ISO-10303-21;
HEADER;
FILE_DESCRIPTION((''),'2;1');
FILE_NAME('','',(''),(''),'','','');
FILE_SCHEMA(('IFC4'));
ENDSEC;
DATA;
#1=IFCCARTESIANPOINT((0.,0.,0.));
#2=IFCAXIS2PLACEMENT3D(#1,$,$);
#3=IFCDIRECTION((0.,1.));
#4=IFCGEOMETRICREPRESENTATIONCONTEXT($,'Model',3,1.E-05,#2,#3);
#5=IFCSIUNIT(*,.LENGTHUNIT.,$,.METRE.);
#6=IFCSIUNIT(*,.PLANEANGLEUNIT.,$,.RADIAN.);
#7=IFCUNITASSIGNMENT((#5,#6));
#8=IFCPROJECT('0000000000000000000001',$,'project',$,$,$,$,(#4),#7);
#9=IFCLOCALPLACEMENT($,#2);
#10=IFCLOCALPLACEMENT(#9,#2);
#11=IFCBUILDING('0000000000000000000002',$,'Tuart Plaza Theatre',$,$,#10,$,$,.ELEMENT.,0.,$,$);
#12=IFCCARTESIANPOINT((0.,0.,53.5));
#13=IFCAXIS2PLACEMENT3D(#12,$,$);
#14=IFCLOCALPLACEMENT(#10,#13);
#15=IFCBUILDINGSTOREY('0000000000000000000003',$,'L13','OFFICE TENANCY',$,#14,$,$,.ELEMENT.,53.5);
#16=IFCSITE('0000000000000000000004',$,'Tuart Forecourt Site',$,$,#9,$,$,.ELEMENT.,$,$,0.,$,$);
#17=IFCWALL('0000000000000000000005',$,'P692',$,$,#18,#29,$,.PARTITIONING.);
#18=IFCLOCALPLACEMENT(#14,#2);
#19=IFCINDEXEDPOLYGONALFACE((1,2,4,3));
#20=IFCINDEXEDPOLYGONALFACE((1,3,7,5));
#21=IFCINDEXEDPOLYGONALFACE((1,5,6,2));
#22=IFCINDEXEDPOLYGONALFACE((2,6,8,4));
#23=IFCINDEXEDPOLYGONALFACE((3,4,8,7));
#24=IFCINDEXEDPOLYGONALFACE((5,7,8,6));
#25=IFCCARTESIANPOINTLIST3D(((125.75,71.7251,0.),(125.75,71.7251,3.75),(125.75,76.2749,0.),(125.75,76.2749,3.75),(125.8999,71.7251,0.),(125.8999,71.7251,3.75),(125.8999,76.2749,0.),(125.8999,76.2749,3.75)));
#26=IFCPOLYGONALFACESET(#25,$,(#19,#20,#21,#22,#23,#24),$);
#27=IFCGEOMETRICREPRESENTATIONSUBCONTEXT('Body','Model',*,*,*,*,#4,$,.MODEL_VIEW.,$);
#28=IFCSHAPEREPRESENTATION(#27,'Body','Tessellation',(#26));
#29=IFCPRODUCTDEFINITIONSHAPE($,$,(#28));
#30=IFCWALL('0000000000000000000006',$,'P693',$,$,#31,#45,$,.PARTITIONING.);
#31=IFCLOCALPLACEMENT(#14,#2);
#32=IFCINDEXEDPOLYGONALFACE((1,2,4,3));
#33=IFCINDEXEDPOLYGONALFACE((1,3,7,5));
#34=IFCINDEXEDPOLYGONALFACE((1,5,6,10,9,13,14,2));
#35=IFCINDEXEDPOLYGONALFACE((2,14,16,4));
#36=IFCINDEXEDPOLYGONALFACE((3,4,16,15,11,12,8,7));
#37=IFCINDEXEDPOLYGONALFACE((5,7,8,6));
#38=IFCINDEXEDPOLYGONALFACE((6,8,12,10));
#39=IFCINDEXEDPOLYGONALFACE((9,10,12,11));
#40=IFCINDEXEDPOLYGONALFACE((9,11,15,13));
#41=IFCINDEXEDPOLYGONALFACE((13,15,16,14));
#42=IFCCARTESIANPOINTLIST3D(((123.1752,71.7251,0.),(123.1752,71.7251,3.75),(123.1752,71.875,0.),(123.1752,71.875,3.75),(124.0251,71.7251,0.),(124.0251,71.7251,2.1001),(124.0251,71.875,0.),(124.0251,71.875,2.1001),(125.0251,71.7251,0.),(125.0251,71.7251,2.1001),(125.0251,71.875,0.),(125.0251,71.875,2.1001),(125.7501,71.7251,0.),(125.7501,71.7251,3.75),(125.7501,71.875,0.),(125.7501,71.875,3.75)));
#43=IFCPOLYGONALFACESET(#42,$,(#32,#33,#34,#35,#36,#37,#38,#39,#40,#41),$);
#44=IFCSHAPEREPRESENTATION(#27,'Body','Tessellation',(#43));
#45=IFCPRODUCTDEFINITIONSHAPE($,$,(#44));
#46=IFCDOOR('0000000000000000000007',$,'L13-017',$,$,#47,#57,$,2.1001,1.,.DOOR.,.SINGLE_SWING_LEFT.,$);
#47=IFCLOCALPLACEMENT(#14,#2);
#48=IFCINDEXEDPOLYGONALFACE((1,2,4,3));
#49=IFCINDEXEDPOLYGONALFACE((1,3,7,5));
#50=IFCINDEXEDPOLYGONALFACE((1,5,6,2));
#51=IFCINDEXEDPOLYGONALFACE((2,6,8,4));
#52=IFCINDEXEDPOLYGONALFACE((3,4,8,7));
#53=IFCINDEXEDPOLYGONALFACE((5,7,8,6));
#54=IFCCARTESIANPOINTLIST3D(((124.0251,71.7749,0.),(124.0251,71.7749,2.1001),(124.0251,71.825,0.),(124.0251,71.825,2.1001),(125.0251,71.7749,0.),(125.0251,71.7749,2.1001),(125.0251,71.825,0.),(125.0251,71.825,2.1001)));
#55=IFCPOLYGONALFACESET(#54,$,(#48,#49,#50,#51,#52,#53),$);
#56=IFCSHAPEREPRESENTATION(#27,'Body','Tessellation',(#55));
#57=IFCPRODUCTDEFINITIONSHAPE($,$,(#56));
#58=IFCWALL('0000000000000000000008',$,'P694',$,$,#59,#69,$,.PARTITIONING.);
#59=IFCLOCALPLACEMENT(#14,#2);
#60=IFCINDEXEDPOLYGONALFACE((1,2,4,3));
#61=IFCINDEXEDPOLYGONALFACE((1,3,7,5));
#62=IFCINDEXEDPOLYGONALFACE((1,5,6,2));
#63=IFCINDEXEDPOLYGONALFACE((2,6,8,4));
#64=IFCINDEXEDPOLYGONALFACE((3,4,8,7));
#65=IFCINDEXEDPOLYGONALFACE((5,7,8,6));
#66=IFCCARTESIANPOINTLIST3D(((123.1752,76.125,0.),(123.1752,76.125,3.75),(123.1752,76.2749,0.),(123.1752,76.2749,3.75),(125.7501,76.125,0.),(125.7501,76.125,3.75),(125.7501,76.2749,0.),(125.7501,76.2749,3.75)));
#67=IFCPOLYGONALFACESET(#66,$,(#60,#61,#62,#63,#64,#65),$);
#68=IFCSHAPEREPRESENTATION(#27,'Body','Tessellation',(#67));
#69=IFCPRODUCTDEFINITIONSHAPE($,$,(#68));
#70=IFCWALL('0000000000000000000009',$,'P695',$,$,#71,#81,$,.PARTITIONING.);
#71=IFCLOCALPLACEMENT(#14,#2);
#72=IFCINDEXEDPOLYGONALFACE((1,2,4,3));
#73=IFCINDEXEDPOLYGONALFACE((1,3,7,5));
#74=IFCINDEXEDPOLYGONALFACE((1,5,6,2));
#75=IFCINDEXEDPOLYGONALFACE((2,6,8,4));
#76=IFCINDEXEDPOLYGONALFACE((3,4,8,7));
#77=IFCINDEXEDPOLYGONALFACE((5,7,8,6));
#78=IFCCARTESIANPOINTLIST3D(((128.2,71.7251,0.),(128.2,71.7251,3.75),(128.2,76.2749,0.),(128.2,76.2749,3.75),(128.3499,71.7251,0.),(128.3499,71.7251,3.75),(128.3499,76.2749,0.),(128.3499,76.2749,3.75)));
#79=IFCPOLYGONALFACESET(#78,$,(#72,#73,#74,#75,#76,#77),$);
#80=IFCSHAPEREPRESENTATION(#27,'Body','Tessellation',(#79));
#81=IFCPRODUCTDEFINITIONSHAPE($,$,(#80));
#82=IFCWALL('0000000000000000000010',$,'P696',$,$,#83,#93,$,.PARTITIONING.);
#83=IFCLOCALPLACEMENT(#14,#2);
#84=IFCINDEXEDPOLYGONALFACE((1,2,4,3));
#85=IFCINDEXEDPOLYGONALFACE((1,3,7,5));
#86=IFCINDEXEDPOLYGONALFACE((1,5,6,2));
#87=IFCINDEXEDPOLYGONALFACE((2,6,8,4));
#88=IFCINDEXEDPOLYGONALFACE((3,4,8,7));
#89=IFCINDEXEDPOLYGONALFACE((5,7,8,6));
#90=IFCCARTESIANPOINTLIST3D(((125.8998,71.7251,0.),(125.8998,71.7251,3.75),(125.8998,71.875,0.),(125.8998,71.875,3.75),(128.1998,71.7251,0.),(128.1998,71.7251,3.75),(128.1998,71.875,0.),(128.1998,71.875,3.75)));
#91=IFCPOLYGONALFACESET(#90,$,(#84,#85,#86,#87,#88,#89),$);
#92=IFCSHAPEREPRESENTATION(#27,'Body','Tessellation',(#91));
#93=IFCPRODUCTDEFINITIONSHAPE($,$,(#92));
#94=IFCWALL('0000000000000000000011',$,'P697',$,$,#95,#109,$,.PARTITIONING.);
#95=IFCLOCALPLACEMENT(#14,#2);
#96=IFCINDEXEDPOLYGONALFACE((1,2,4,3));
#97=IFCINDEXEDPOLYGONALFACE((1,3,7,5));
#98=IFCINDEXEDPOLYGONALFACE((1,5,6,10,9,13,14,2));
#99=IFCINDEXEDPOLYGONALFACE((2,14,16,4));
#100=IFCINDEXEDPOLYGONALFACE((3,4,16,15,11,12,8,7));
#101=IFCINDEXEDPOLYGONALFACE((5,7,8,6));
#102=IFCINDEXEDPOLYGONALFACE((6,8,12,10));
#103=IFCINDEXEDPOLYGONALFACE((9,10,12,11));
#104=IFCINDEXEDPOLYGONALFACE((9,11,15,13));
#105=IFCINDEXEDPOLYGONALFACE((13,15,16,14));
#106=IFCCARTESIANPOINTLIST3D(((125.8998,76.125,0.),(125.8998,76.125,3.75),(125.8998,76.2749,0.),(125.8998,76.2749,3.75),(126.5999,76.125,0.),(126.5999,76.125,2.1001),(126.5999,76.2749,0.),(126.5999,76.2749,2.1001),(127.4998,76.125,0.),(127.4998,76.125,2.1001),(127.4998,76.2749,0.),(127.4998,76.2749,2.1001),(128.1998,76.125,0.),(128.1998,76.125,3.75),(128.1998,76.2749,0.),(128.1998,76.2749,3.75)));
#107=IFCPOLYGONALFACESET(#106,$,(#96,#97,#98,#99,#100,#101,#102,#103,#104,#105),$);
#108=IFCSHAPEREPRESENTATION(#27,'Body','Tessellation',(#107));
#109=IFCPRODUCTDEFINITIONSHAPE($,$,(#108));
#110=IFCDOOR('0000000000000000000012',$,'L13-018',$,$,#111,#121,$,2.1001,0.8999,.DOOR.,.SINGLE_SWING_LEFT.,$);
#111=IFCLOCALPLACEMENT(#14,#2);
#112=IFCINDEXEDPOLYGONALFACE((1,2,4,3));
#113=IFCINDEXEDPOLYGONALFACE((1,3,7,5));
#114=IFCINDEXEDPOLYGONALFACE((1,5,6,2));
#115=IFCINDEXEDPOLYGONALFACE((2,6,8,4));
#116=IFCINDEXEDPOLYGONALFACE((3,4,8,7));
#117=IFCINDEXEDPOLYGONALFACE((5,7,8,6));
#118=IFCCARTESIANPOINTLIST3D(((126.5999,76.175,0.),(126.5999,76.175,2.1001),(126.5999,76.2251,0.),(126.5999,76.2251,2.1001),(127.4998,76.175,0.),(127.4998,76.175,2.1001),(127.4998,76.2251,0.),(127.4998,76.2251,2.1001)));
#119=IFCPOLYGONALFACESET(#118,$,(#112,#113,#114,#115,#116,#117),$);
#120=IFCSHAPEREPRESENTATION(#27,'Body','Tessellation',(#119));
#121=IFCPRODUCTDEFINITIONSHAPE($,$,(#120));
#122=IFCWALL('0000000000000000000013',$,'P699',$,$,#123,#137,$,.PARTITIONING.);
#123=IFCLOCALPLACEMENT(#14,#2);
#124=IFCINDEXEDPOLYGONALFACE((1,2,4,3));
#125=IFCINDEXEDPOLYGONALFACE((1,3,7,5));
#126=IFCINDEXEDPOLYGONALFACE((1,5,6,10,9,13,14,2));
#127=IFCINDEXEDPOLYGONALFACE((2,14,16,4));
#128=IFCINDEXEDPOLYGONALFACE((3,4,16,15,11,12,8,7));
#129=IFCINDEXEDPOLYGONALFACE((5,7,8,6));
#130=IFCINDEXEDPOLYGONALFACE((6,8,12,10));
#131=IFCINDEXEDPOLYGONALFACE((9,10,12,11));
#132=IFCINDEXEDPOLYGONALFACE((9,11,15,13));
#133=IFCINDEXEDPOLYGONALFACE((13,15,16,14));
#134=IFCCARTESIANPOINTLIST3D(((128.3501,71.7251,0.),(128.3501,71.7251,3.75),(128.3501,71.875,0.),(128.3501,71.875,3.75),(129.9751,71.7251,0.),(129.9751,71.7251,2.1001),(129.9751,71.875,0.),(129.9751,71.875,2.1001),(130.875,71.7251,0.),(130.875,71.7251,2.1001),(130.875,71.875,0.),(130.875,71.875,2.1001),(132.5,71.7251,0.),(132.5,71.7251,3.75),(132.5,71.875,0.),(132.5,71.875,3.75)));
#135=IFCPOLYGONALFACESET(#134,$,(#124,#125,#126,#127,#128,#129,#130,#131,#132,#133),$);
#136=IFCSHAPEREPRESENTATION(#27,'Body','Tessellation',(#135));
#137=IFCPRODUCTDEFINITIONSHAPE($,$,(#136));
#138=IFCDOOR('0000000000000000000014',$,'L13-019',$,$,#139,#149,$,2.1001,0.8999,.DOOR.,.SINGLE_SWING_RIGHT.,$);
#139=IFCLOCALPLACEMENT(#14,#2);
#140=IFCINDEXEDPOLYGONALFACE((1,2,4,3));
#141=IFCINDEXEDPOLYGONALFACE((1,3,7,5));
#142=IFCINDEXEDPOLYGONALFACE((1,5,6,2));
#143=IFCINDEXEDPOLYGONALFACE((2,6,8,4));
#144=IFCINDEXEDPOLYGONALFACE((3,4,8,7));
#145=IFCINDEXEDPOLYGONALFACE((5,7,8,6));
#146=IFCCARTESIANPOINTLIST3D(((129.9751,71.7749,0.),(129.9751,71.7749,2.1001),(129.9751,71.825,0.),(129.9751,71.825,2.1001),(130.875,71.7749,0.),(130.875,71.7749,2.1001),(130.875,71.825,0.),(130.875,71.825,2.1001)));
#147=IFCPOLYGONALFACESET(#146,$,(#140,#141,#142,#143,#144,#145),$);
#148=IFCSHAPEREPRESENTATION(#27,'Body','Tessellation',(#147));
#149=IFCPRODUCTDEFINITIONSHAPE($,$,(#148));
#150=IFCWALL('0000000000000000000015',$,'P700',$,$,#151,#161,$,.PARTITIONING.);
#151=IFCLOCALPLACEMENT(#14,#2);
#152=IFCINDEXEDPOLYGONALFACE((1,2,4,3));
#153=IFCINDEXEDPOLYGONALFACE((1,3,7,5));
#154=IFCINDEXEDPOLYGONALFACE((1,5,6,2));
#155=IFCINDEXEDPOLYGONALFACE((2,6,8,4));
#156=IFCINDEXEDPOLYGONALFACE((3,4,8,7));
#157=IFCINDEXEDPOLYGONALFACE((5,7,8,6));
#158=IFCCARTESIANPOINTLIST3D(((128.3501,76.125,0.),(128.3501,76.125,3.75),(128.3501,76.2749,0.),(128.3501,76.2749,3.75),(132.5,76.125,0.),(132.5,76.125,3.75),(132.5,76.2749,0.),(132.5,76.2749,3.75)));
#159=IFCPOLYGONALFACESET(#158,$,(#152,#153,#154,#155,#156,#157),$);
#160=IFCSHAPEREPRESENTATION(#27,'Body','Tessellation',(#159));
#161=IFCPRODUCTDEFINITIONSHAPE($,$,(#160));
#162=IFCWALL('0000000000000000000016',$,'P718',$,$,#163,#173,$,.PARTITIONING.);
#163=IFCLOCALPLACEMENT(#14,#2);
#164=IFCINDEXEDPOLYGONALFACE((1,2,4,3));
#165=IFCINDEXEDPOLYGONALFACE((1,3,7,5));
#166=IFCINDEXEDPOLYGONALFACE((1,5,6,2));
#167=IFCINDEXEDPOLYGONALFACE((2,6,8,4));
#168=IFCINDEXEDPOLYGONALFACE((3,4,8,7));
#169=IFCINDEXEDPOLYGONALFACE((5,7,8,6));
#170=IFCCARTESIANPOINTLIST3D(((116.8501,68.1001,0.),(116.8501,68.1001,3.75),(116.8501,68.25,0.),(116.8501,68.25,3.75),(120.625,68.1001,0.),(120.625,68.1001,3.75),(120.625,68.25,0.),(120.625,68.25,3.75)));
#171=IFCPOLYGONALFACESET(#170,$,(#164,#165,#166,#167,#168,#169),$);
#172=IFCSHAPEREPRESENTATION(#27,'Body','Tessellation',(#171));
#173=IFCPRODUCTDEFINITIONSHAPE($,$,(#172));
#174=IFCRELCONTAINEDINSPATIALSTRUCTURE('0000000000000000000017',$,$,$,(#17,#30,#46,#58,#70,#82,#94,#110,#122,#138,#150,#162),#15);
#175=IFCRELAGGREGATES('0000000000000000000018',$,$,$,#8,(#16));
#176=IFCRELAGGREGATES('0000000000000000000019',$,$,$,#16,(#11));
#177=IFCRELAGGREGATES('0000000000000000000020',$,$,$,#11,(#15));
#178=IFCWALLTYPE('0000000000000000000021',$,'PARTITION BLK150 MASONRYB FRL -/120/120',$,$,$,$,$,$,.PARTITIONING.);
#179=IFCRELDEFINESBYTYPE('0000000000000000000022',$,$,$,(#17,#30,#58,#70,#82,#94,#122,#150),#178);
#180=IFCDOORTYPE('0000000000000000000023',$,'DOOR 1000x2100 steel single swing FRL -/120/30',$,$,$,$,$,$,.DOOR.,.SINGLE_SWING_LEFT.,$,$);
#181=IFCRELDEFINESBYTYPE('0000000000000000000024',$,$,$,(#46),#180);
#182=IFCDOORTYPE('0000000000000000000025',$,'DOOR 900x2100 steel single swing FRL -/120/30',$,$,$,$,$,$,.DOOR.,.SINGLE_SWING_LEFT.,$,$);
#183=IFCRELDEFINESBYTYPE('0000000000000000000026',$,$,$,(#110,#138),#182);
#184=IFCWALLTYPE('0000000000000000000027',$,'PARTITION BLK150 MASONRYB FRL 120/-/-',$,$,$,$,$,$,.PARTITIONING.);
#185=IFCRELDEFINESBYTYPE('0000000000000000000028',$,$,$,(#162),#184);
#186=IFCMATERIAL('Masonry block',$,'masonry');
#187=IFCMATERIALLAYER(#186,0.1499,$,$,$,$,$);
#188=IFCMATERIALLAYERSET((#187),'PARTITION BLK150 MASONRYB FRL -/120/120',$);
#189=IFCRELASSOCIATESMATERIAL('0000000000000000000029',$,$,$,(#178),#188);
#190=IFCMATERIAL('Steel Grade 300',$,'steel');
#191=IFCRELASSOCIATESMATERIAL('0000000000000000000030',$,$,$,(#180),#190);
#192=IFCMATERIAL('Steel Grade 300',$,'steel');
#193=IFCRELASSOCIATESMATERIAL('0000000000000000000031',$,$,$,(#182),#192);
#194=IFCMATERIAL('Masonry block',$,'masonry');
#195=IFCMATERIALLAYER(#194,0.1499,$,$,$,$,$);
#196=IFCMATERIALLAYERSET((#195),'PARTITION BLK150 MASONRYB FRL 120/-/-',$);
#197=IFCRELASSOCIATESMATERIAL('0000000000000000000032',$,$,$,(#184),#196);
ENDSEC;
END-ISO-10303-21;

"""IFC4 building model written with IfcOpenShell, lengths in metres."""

from ifc_helpers import new_model, si_unit, direction, frame, frame_2d, origin, place, context, subcontext, project, spatial, rectangle, extrude, material, layer, layer_set, type_object, element, fill, save


model = new_model("IFC4")

# Units and contexts
model_context = context("Model", 3, precision=1e-05, world=origin(), true_north=direction((0.0, 1.0)))
body_context = subcontext(model_context, "Body", "Model", "MODEL_VIEW")
ifc_project = project(units=[si_unit("LENGTHUNIT", "METRE"), si_unit("PLANEANGLEUNIT", "RADIAN")], contexts=[model_context])

# Site, building, storey
site_placement = place(None, origin())
site = spatial("IfcSite", under=ifc_project, at=site_placement, Name="Tuart Forecourt Site", CompositionType="ELEMENT", RefElevation=0.0)
building_placement = place(site_placement, origin())
building = spatial("IfcBuilding", under=site, at=building_placement, Name="Tuart Plaza Theatre", CompositionType="ELEMENT", ElevationOfRefHeight=0.0)
storey_placement = place(building_placement, frame((0.0, 0.0, 53.5)))
storey = spatial("IfcBuildingStorey", under=building, at=storey_placement, Name="L13", Description="OFFICE TENANCY", CompositionType="ELEMENT", Elevation=53.5)

# Wall
ifc_material_1 = material(Name="Masonry block", Category="masonry")
ifc_layer_1 = layer(ifc_material_1, 0.1499)
ifc_layer_set_1 = layer_set([ifc_layer_1], Name="PARTITION BLK150 MASONRYB FRL -/120/120")
wall_type_1 = type_object("IfcWallType", Name="PARTITION BLK150 MASONRYB FRL -/120/120", PredefinedType="PARTITIONING", material=ifc_layer_set_1)
wall_1_placement = place(storey_placement, frame((125.825, 71.7251, 0.0), z_axis=(0.0, 0.0, 1.0), x_axis=(0.0, 1.0, 0.0)))
element("IfcWall", 1, at=wall_1_placement, inside=storey, type_object=wall_type_1, Name="P692", PredefinedType="PARTITIONING", context=body_context, shape_type="SweptSolid", body=[
    extrude(rectangle(XDim=4.5498, YDim=0.1499, at=frame_2d((2.2749, 0.0))), origin(), (0.0, 0.0, 1.0), 3.75),
])

# Wall, opening, door
wall_2_placement = place(storey_placement, frame((123.175, 71.8, 0.0), z_axis=(0.0, 0.0, 1.0), x_axis=(1.0, 0.0, 0.0)))
wall_2 = element("IfcWall", 2, at=wall_2_placement, inside=storey, type_object=wall_type_1, Name="P693", PredefinedType="PARTITIONING", context=body_context, shape_type="SweptSolid", body=[
    extrude(rectangle(XDim=2.575, YDim=0.1499, at=frame_2d((1.2876, 0.0))), origin(), (0.0, 0.0, 1.0), 3.75),
])
opening_1_placement = place(wall_2_placement, frame((0.8501, 0.0, 0.0)))
opening_1 = element("IfcOpeningElement", 3, at=opening_1_placement, cuts=wall_2, PredefinedType="OPENING", context=body_context, shape_type="SweptSolid", body=[
    extrude(rectangle(XDim=1.0, YDim=2.1001, at=frame_2d((0.5, 1.05))), frame((0.0, 0.085, 0.0), z_axis=(0.0, -1.0, 0.0), x_axis=(1.0, 0.0, 0.0)), (0.0, 0.0, 1.0), 0.1699),
])
ifc_material_2 = material(Name="Steel Grade 300", Category="steel")
door_type_1 = type_object("IfcDoorType", Name="DOOR 1000x2100 steel single swing FRL -/120/30", OperationType="SINGLE_SWING_LEFT", PredefinedType="DOOR", material=ifc_material_2)
door_1_placement = place(opening_1_placement, origin())
door_1 = element("IfcDoor", 4, at=door_1_placement, inside=storey, type_object=door_type_1, Name="L13-017", OperationType="SINGLE_SWING_LEFT", OverallHeight=2.1001, OverallWidth=1.0, PredefinedType="DOOR", context=body_context, shape_type="SweptSolid", body=[
    extrude(rectangle(XDim=1.0, YDim=2.1001, at=frame_2d((0.5, 1.05))), frame((0.0, 0.0249, 0.0), z_axis=(0.0, -1.0, 0.0), x_axis=(1.0, 0.0, 0.0)), (0.0, 0.0, 1.0), 0.05),
])
fill(opening_1, door_1)

# Walls
wall_3_placement = place(storey_placement, frame((123.175, 76.2, 0.0), z_axis=(0.0, 0.0, 1.0), x_axis=(1.0, 0.0, 0.0)))
element("IfcWall", 5, at=wall_3_placement, inside=storey, type_object=wall_type_1, Name="P694", PredefinedType="PARTITIONING", context=body_context, shape_type="SweptSolid", body=[
    extrude(rectangle(XDim=2.575, YDim=0.1499, at=frame_2d((1.2876, 0.0))), origin(), (0.0, 0.0, 1.0), 3.75),
])
wall_4_placement = place(storey_placement, frame((128.2749, 71.7251, 0.0), z_axis=(0.0, 0.0, 1.0), x_axis=(0.0, 1.0, 0.0)))
element("IfcWall", 6, at=wall_4_placement, inside=storey, type_object=wall_type_1, Name="P695", PredefinedType="PARTITIONING", context=body_context, shape_type="SweptSolid", body=[
    extrude(rectangle(XDim=4.5498, YDim=0.1499, at=frame_2d((2.2749, 0.0))), origin(), (0.0, 0.0, 1.0), 3.75),
])
wall_5_placement = place(storey_placement, frame((125.8999, 71.8, 0.0), z_axis=(0.0, 0.0, 1.0), x_axis=(1.0, 0.0, 0.0)))
element("IfcWall", 7, at=wall_5_placement, inside=storey, type_object=wall_type_1, Name="P696", PredefinedType="PARTITIONING", context=body_context, shape_type="SweptSolid", body=[
    extrude(rectangle(XDim=2.3, YDim=0.1499, at=frame_2d((1.1499, 0.0))), origin(), (0.0, 0.0, 1.0), 3.75),
])

# Walls, openings, doors
wall_6_placement = place(storey_placement, frame((125.8999, 76.2, 0.0), z_axis=(0.0, 0.0, 1.0), x_axis=(1.0, 0.0, 0.0)))
wall_6 = element("IfcWall", 8, at=wall_6_placement, inside=storey, type_object=wall_type_1, Name="P697", PredefinedType="PARTITIONING", context=body_context, shape_type="SweptSolid", body=[
    extrude(rectangle(XDim=2.3, YDim=0.1499, at=frame_2d((1.1499, 0.0))), origin(), (0.0, 0.0, 1.0), 3.75),
])
opening_2_placement = place(wall_6_placement, frame((0.7, 0.0, 0.0)))
opening_2 = element("IfcOpeningElement", 9, at=opening_2_placement, cuts=wall_6, PredefinedType="OPENING", context=body_context, shape_type="SweptSolid", body=[
    extrude(rectangle(XDim=0.8999, YDim=2.1001, at=frame_2d((0.45, 1.05))), frame((0.0, 0.085, 0.0), z_axis=(0.0, -1.0, 0.0), x_axis=(1.0, 0.0, 0.0)), (0.0, 0.0, 1.0), 0.1699),
])
ifc_material_3 = material(Name="Steel Grade 300", Category="steel")
door_type_2 = type_object("IfcDoorType", Name="DOOR 900x2100 steel single swing FRL -/120/30", OperationType="SINGLE_SWING_LEFT", PredefinedType="DOOR", material=ifc_material_3)
door_2_placement = place(opening_2_placement, frame((0.8999, 0.0, 0.0), z_axis=(0.0, 0.0, 1.0), x_axis=(-1.0, 0.0, 0.0)))
door_2 = element("IfcDoor", 10, at=door_2_placement, inside=storey, type_object=door_type_2, Name="L13-018", OperationType="SINGLE_SWING_LEFT", OverallHeight=2.1001, OverallWidth=0.8999, PredefinedType="DOOR", context=body_context, shape_type="SweptSolid", body=[
    extrude(rectangle(XDim=0.8999, YDim=2.1001, at=frame_2d((0.45, 1.05))), frame((0.0, 0.0249, 0.0), z_axis=(0.0, -1.0, 0.0), x_axis=(1.0, 0.0, 0.0)), (0.0, 0.0, 1.0), 0.05),
])
fill(opening_2, door_2)
wall_7_placement = place(storey_placement, frame((128.3501, 71.8, 0.0), z_axis=(0.0, 0.0, 1.0), x_axis=(1.0, 0.0, 0.0)))
wall_7 = element("IfcWall", 11, at=wall_7_placement, inside=storey, type_object=wall_type_1, Name="P699", PredefinedType="PARTITIONING", context=body_context, shape_type="SweptSolid", body=[
    extrude(rectangle(XDim=4.1499, YDim=0.1499, at=frame_2d((2.075, 0.0))), origin(), (0.0, 0.0, 1.0), 3.75),
])
opening_3_placement = place(wall_7_placement, frame((1.625, 0.0, 0.0)))
opening_3 = element("IfcOpeningElement", 12, at=opening_3_placement, cuts=wall_7, PredefinedType="OPENING", context=body_context, shape_type="SweptSolid", body=[
    extrude(rectangle(XDim=0.8999, YDim=2.1001, at=frame_2d((0.45, 1.05))), frame((0.0, 0.085, 0.0), z_axis=(0.0, -1.0, 0.0), x_axis=(1.0, 0.0, 0.0)), (0.0, 0.0, 1.0), 0.1699),
])
door_3_placement = place(opening_3_placement, origin())
door_3 = element("IfcDoor", 13, at=door_3_placement, inside=storey, type_object=door_type_2, Name="L13-019", OperationType="SINGLE_SWING_RIGHT", OverallHeight=2.1001, OverallWidth=0.8999, PredefinedType="DOOR", context=body_context, shape_type="SweptSolid", body=[
    extrude(rectangle(XDim=0.8999, YDim=2.1001, at=frame_2d((0.45, 1.05))), frame((0.0, 0.0249, 0.0), z_axis=(0.0, -1.0, 0.0), x_axis=(1.0, 0.0, 0.0)), (0.0, 0.0, 1.0), 0.05),
])
fill(opening_3, door_3)

# Walls
wall_8_placement = place(storey_placement, frame((128.3501, 76.2, 0.0), z_axis=(0.0, 0.0, 1.0), x_axis=(1.0, 0.0, 0.0)))
element("IfcWall", 14, at=wall_8_placement, inside=storey, type_object=wall_type_1, Name="P700", PredefinedType="PARTITIONING", context=body_context, shape_type="SweptSolid", body=[
    extrude(rectangle(XDim=4.1499, YDim=0.1499, at=frame_2d((2.075, 0.0))), origin(), (0.0, 0.0, 1.0), 3.75),
])
ifc_material_4 = material(Name="Masonry block", Category="masonry")
ifc_layer_2 = layer(ifc_material_4, 0.1499)
ifc_layer_set_2 = layer_set([ifc_layer_2], Name="PARTITION BLK150 MASONRYB FRL 120/-/-")
wall_type_2 = type_object("IfcWallType", Name="PARTITION BLK150 MASONRYB FRL 120/-/-", PredefinedType="PARTITIONING", material=ifc_layer_set_2)
wall_9_placement = place(storey_placement, frame((120.625, 68.175, 0.0), z_axis=(0.0, 0.0, 1.0), x_axis=(-1.0, 0.0, 0.0)))
element("IfcWall", 15, at=wall_9_placement, inside=storey, type_object=wall_type_2, Name="P718", PredefinedType="PARTITIONING", context=body_context, shape_type="SweptSolid", body=[
    extrude(rectangle(XDim=3.7749, YDim=0.1499, at=frame_2d((1.8875, 0.0))), origin(), (0.0, 0.0, 1.0), 3.75),
])

save(model, "model.ifc")
